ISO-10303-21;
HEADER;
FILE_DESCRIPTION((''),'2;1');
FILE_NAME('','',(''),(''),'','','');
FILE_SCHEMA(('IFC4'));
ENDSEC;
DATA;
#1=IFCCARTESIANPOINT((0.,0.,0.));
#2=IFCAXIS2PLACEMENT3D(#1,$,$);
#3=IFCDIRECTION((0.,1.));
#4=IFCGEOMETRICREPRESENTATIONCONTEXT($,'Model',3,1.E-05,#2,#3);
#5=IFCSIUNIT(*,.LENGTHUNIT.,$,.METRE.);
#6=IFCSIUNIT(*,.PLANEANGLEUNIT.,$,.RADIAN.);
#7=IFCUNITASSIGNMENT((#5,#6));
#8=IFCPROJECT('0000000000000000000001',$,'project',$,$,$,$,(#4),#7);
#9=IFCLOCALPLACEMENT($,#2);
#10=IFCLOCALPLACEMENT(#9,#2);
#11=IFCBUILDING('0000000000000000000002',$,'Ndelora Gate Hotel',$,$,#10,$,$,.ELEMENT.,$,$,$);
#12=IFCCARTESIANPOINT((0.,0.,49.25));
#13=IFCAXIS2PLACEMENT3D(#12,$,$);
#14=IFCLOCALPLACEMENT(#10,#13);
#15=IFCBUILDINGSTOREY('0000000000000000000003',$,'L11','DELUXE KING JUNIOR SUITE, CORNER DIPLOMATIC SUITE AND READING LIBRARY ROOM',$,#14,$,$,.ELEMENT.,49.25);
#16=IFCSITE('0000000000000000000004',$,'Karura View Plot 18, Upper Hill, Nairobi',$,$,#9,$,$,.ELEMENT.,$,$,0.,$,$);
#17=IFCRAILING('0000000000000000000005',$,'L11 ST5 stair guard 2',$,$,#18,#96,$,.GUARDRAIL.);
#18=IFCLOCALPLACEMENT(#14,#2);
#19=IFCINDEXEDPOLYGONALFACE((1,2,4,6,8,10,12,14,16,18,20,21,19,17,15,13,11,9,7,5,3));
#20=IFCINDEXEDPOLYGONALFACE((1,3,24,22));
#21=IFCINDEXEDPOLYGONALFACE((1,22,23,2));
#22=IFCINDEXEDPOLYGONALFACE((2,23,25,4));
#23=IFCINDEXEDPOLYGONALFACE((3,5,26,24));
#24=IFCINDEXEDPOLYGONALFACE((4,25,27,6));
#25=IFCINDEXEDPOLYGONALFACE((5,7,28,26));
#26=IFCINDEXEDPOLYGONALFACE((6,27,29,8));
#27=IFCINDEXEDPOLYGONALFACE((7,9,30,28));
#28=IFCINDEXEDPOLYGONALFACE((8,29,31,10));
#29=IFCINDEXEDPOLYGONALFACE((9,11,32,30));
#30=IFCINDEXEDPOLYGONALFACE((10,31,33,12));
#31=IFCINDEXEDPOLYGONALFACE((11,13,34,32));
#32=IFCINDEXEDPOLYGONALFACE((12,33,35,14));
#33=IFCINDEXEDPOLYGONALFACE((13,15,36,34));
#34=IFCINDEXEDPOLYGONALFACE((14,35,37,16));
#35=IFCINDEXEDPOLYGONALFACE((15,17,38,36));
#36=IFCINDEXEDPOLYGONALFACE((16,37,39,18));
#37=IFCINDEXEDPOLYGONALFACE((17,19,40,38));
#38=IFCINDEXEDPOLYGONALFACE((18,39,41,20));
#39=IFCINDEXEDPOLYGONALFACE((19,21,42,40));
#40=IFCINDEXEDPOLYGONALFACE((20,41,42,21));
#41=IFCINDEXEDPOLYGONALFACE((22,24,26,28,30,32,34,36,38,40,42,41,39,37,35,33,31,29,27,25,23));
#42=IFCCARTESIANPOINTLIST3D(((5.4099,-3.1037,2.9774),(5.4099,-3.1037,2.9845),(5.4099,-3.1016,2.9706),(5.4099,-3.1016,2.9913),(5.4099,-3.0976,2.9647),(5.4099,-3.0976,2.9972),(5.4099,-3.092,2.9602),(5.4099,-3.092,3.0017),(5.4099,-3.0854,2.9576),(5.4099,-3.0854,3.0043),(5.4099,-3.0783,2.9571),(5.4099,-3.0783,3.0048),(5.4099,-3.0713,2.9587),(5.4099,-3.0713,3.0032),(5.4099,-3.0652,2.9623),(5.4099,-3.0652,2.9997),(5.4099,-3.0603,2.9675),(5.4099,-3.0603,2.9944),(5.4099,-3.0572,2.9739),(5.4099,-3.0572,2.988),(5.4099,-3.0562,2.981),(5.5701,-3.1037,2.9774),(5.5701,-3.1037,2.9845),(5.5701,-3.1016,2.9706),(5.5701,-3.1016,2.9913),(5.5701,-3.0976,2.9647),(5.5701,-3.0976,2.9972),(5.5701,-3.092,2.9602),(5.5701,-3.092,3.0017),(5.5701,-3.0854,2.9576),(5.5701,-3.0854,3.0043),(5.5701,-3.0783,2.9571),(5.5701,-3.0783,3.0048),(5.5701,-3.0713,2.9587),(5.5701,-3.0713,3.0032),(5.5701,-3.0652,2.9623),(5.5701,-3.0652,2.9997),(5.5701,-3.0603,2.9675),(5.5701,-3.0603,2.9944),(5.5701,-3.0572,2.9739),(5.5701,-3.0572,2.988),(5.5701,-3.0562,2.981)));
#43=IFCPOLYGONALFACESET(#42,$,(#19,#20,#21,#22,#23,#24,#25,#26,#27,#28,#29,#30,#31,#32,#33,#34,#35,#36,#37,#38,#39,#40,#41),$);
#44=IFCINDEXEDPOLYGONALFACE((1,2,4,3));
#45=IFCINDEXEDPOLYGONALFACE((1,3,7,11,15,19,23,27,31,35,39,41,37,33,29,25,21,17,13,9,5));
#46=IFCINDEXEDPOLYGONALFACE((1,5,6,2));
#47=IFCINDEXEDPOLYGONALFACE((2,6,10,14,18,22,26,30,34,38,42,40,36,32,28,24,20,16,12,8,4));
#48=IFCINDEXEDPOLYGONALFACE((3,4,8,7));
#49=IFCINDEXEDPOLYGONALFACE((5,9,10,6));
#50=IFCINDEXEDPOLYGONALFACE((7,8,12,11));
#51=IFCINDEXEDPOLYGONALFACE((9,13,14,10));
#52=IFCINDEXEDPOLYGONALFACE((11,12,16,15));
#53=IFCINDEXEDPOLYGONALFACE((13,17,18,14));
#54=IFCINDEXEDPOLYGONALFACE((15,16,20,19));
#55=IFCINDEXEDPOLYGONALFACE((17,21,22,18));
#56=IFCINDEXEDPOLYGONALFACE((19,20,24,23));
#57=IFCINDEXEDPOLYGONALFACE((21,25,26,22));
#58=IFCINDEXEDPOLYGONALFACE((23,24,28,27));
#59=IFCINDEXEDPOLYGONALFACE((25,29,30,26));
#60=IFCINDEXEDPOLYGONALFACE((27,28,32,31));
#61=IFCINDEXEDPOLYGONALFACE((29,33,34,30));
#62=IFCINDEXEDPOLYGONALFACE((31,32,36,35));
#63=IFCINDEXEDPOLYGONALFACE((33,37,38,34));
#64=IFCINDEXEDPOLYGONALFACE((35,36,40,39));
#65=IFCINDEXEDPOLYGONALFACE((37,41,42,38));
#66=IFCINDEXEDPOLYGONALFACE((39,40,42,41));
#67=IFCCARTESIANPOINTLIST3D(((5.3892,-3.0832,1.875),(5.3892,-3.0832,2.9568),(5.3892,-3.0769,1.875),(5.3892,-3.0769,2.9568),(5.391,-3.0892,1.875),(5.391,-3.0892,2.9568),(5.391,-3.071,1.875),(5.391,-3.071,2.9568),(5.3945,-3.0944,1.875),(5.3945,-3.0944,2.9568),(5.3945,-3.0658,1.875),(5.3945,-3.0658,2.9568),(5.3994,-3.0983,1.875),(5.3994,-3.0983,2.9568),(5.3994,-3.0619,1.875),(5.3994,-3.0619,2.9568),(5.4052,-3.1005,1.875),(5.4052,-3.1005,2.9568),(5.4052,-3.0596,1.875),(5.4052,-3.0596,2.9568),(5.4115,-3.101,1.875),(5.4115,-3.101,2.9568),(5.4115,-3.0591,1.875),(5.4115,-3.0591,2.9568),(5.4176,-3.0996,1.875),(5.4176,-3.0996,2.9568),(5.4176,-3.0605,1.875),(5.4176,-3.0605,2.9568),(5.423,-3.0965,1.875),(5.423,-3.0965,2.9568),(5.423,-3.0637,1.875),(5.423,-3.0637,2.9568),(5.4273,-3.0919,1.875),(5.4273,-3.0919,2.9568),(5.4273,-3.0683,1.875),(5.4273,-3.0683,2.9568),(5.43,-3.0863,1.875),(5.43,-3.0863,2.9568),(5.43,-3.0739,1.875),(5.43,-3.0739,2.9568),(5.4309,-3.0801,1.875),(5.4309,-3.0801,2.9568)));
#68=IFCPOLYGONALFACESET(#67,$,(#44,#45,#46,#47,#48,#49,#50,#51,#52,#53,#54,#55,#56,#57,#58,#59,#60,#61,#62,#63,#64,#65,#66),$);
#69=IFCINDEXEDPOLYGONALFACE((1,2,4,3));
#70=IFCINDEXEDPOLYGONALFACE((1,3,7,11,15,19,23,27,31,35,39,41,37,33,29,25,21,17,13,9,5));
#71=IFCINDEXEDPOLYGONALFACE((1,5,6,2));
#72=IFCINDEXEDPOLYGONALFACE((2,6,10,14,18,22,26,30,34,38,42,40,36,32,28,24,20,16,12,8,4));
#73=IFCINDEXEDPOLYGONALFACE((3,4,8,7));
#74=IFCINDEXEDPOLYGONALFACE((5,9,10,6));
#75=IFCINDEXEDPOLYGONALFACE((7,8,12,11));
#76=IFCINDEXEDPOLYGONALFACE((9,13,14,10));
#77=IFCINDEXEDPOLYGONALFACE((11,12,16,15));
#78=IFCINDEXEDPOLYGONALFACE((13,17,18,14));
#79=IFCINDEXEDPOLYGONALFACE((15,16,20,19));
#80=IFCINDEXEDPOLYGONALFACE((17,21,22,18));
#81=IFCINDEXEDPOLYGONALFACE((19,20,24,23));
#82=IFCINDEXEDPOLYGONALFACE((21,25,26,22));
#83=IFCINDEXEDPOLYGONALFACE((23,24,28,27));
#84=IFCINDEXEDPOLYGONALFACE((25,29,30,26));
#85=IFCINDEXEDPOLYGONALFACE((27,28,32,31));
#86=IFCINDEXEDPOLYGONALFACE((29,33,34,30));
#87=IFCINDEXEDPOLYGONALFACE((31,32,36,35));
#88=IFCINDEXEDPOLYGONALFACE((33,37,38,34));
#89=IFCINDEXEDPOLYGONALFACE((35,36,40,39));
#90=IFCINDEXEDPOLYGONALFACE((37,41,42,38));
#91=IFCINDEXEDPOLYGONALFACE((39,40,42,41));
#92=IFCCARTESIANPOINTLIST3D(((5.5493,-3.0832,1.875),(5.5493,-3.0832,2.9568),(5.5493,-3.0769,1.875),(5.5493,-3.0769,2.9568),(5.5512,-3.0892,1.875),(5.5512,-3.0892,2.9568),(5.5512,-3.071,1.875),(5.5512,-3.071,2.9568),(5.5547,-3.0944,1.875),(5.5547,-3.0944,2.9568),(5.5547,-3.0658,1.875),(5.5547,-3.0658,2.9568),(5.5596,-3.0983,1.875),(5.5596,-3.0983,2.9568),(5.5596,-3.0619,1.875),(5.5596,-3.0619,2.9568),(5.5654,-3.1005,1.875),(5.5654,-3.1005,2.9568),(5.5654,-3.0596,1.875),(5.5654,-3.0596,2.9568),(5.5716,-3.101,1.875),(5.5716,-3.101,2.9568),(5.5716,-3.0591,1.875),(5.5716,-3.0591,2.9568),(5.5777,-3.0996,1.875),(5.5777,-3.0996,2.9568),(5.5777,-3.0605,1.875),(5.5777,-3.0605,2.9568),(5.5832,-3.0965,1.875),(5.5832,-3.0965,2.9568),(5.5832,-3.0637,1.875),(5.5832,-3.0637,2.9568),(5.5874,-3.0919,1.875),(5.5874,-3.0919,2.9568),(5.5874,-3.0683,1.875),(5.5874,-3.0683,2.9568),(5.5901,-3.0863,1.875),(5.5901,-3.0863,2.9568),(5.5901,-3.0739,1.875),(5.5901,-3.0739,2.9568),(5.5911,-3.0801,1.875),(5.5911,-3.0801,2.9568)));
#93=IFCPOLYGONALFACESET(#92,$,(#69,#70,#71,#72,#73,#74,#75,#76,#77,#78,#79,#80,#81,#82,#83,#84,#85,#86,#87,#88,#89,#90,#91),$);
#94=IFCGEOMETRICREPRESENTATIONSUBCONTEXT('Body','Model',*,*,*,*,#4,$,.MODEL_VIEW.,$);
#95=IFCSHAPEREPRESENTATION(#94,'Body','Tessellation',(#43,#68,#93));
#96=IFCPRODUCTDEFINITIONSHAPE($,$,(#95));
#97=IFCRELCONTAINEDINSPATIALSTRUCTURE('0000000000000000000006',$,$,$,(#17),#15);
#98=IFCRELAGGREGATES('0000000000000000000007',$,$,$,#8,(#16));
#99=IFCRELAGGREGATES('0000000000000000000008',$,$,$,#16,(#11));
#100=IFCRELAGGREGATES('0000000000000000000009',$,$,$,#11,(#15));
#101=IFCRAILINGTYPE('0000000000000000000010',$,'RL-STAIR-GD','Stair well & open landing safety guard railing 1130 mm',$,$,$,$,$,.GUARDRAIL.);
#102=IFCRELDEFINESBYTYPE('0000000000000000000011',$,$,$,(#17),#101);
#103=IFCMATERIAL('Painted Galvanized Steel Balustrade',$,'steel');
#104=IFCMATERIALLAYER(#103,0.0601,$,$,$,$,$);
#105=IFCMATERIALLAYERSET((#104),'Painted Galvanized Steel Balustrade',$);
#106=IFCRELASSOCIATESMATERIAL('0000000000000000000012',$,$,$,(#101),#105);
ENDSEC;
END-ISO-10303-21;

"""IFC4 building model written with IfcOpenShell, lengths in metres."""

from ifc_helpers import new_model, si_unit, direction, frame, origin, origin_2d, place, context, subcontext, project, spatial, circle, extrude, material, layer, layer_set, type_object, element, save


model = new_model("IFC4")

# Units and contexts
model_context = context("Model", 3, precision=1e-05, world=origin(), true_north=direction((0.0, 1.0)))
body_context = subcontext(model_context, "Body", "Model", "MODEL_VIEW")
ifc_project = project(units=[si_unit("LENGTHUNIT", "METRE"), si_unit("PLANEANGLEUNIT", "RADIAN")], contexts=[model_context])

# Site, building, storey
site_placement = place(None, origin())
site = spatial("IfcSite", under=ifc_project, at=site_placement, Name="Karura View Plot 18, Upper Hill, Nairobi", CompositionType="ELEMENT", RefElevation=0.0)
building_placement = place(site_placement, origin())
building = spatial("IfcBuilding", under=site, at=building_placement, Name="Ndelora Gate Hotel", CompositionType="ELEMENT")
storey_placement = place(building_placement, frame((0.0, 0.0, 49.25)))
storey = spatial("IfcBuildingStorey", under=building, at=storey_placement, Name="L11", Description="DELUXE KING JUNIOR SUITE, CORNER DIPLOMATIC SUITE AND READING LIBRARY ROOM", CompositionType="ELEMENT", Elevation=49.25)

# Railing
ifc_material_1 = material(Name="Painted Galvanized Steel Balustrade", Category="steel")
ifc_layer_1 = layer(ifc_material_1, 0.0601)
ifc_layer_set_1 = layer_set([ifc_layer_1], Name="Painted Galvanized Steel Balustrade")
railing_type_1 = type_object("IfcRailingType", Name="RL-STAIR-GD", Description="Stair well & open landing safety guard railing 1130 mm", PredefinedType="GUARDRAIL", material=ifc_layer_set_1)
railing_1_placement = place(storey_placement, frame((5.4099, -3.0801, 1.875)))
element("IfcRailing", 1, at=railing_1_placement, inside=storey, type_object=railing_type_1, Name="L11 ST5 stair guard 2", PredefinedType="GUARDRAIL", context=body_context, shape_type="SweptSolid", body=[
    extrude(circle(Radius=0.0239, at=origin_2d()), frame((0.0, 0.0, 1.106), z_axis=(1.0, 0.0, 0.0), x_axis=(0.0, 1.0, 0.0)), (0.0, 0.0, 1.0), 0.1602),
    extrude(circle(Radius=0.021, at=origin_2d()), origin(), (0.0, 0.0, 1.0), 1.0818),
    extrude(circle(Radius=0.021, at=origin_2d()), frame((0.1602, 0.0, 0.0)), (0.0, 0.0, 1.0), 1.0818),
])

save(model, "model.ifc")
